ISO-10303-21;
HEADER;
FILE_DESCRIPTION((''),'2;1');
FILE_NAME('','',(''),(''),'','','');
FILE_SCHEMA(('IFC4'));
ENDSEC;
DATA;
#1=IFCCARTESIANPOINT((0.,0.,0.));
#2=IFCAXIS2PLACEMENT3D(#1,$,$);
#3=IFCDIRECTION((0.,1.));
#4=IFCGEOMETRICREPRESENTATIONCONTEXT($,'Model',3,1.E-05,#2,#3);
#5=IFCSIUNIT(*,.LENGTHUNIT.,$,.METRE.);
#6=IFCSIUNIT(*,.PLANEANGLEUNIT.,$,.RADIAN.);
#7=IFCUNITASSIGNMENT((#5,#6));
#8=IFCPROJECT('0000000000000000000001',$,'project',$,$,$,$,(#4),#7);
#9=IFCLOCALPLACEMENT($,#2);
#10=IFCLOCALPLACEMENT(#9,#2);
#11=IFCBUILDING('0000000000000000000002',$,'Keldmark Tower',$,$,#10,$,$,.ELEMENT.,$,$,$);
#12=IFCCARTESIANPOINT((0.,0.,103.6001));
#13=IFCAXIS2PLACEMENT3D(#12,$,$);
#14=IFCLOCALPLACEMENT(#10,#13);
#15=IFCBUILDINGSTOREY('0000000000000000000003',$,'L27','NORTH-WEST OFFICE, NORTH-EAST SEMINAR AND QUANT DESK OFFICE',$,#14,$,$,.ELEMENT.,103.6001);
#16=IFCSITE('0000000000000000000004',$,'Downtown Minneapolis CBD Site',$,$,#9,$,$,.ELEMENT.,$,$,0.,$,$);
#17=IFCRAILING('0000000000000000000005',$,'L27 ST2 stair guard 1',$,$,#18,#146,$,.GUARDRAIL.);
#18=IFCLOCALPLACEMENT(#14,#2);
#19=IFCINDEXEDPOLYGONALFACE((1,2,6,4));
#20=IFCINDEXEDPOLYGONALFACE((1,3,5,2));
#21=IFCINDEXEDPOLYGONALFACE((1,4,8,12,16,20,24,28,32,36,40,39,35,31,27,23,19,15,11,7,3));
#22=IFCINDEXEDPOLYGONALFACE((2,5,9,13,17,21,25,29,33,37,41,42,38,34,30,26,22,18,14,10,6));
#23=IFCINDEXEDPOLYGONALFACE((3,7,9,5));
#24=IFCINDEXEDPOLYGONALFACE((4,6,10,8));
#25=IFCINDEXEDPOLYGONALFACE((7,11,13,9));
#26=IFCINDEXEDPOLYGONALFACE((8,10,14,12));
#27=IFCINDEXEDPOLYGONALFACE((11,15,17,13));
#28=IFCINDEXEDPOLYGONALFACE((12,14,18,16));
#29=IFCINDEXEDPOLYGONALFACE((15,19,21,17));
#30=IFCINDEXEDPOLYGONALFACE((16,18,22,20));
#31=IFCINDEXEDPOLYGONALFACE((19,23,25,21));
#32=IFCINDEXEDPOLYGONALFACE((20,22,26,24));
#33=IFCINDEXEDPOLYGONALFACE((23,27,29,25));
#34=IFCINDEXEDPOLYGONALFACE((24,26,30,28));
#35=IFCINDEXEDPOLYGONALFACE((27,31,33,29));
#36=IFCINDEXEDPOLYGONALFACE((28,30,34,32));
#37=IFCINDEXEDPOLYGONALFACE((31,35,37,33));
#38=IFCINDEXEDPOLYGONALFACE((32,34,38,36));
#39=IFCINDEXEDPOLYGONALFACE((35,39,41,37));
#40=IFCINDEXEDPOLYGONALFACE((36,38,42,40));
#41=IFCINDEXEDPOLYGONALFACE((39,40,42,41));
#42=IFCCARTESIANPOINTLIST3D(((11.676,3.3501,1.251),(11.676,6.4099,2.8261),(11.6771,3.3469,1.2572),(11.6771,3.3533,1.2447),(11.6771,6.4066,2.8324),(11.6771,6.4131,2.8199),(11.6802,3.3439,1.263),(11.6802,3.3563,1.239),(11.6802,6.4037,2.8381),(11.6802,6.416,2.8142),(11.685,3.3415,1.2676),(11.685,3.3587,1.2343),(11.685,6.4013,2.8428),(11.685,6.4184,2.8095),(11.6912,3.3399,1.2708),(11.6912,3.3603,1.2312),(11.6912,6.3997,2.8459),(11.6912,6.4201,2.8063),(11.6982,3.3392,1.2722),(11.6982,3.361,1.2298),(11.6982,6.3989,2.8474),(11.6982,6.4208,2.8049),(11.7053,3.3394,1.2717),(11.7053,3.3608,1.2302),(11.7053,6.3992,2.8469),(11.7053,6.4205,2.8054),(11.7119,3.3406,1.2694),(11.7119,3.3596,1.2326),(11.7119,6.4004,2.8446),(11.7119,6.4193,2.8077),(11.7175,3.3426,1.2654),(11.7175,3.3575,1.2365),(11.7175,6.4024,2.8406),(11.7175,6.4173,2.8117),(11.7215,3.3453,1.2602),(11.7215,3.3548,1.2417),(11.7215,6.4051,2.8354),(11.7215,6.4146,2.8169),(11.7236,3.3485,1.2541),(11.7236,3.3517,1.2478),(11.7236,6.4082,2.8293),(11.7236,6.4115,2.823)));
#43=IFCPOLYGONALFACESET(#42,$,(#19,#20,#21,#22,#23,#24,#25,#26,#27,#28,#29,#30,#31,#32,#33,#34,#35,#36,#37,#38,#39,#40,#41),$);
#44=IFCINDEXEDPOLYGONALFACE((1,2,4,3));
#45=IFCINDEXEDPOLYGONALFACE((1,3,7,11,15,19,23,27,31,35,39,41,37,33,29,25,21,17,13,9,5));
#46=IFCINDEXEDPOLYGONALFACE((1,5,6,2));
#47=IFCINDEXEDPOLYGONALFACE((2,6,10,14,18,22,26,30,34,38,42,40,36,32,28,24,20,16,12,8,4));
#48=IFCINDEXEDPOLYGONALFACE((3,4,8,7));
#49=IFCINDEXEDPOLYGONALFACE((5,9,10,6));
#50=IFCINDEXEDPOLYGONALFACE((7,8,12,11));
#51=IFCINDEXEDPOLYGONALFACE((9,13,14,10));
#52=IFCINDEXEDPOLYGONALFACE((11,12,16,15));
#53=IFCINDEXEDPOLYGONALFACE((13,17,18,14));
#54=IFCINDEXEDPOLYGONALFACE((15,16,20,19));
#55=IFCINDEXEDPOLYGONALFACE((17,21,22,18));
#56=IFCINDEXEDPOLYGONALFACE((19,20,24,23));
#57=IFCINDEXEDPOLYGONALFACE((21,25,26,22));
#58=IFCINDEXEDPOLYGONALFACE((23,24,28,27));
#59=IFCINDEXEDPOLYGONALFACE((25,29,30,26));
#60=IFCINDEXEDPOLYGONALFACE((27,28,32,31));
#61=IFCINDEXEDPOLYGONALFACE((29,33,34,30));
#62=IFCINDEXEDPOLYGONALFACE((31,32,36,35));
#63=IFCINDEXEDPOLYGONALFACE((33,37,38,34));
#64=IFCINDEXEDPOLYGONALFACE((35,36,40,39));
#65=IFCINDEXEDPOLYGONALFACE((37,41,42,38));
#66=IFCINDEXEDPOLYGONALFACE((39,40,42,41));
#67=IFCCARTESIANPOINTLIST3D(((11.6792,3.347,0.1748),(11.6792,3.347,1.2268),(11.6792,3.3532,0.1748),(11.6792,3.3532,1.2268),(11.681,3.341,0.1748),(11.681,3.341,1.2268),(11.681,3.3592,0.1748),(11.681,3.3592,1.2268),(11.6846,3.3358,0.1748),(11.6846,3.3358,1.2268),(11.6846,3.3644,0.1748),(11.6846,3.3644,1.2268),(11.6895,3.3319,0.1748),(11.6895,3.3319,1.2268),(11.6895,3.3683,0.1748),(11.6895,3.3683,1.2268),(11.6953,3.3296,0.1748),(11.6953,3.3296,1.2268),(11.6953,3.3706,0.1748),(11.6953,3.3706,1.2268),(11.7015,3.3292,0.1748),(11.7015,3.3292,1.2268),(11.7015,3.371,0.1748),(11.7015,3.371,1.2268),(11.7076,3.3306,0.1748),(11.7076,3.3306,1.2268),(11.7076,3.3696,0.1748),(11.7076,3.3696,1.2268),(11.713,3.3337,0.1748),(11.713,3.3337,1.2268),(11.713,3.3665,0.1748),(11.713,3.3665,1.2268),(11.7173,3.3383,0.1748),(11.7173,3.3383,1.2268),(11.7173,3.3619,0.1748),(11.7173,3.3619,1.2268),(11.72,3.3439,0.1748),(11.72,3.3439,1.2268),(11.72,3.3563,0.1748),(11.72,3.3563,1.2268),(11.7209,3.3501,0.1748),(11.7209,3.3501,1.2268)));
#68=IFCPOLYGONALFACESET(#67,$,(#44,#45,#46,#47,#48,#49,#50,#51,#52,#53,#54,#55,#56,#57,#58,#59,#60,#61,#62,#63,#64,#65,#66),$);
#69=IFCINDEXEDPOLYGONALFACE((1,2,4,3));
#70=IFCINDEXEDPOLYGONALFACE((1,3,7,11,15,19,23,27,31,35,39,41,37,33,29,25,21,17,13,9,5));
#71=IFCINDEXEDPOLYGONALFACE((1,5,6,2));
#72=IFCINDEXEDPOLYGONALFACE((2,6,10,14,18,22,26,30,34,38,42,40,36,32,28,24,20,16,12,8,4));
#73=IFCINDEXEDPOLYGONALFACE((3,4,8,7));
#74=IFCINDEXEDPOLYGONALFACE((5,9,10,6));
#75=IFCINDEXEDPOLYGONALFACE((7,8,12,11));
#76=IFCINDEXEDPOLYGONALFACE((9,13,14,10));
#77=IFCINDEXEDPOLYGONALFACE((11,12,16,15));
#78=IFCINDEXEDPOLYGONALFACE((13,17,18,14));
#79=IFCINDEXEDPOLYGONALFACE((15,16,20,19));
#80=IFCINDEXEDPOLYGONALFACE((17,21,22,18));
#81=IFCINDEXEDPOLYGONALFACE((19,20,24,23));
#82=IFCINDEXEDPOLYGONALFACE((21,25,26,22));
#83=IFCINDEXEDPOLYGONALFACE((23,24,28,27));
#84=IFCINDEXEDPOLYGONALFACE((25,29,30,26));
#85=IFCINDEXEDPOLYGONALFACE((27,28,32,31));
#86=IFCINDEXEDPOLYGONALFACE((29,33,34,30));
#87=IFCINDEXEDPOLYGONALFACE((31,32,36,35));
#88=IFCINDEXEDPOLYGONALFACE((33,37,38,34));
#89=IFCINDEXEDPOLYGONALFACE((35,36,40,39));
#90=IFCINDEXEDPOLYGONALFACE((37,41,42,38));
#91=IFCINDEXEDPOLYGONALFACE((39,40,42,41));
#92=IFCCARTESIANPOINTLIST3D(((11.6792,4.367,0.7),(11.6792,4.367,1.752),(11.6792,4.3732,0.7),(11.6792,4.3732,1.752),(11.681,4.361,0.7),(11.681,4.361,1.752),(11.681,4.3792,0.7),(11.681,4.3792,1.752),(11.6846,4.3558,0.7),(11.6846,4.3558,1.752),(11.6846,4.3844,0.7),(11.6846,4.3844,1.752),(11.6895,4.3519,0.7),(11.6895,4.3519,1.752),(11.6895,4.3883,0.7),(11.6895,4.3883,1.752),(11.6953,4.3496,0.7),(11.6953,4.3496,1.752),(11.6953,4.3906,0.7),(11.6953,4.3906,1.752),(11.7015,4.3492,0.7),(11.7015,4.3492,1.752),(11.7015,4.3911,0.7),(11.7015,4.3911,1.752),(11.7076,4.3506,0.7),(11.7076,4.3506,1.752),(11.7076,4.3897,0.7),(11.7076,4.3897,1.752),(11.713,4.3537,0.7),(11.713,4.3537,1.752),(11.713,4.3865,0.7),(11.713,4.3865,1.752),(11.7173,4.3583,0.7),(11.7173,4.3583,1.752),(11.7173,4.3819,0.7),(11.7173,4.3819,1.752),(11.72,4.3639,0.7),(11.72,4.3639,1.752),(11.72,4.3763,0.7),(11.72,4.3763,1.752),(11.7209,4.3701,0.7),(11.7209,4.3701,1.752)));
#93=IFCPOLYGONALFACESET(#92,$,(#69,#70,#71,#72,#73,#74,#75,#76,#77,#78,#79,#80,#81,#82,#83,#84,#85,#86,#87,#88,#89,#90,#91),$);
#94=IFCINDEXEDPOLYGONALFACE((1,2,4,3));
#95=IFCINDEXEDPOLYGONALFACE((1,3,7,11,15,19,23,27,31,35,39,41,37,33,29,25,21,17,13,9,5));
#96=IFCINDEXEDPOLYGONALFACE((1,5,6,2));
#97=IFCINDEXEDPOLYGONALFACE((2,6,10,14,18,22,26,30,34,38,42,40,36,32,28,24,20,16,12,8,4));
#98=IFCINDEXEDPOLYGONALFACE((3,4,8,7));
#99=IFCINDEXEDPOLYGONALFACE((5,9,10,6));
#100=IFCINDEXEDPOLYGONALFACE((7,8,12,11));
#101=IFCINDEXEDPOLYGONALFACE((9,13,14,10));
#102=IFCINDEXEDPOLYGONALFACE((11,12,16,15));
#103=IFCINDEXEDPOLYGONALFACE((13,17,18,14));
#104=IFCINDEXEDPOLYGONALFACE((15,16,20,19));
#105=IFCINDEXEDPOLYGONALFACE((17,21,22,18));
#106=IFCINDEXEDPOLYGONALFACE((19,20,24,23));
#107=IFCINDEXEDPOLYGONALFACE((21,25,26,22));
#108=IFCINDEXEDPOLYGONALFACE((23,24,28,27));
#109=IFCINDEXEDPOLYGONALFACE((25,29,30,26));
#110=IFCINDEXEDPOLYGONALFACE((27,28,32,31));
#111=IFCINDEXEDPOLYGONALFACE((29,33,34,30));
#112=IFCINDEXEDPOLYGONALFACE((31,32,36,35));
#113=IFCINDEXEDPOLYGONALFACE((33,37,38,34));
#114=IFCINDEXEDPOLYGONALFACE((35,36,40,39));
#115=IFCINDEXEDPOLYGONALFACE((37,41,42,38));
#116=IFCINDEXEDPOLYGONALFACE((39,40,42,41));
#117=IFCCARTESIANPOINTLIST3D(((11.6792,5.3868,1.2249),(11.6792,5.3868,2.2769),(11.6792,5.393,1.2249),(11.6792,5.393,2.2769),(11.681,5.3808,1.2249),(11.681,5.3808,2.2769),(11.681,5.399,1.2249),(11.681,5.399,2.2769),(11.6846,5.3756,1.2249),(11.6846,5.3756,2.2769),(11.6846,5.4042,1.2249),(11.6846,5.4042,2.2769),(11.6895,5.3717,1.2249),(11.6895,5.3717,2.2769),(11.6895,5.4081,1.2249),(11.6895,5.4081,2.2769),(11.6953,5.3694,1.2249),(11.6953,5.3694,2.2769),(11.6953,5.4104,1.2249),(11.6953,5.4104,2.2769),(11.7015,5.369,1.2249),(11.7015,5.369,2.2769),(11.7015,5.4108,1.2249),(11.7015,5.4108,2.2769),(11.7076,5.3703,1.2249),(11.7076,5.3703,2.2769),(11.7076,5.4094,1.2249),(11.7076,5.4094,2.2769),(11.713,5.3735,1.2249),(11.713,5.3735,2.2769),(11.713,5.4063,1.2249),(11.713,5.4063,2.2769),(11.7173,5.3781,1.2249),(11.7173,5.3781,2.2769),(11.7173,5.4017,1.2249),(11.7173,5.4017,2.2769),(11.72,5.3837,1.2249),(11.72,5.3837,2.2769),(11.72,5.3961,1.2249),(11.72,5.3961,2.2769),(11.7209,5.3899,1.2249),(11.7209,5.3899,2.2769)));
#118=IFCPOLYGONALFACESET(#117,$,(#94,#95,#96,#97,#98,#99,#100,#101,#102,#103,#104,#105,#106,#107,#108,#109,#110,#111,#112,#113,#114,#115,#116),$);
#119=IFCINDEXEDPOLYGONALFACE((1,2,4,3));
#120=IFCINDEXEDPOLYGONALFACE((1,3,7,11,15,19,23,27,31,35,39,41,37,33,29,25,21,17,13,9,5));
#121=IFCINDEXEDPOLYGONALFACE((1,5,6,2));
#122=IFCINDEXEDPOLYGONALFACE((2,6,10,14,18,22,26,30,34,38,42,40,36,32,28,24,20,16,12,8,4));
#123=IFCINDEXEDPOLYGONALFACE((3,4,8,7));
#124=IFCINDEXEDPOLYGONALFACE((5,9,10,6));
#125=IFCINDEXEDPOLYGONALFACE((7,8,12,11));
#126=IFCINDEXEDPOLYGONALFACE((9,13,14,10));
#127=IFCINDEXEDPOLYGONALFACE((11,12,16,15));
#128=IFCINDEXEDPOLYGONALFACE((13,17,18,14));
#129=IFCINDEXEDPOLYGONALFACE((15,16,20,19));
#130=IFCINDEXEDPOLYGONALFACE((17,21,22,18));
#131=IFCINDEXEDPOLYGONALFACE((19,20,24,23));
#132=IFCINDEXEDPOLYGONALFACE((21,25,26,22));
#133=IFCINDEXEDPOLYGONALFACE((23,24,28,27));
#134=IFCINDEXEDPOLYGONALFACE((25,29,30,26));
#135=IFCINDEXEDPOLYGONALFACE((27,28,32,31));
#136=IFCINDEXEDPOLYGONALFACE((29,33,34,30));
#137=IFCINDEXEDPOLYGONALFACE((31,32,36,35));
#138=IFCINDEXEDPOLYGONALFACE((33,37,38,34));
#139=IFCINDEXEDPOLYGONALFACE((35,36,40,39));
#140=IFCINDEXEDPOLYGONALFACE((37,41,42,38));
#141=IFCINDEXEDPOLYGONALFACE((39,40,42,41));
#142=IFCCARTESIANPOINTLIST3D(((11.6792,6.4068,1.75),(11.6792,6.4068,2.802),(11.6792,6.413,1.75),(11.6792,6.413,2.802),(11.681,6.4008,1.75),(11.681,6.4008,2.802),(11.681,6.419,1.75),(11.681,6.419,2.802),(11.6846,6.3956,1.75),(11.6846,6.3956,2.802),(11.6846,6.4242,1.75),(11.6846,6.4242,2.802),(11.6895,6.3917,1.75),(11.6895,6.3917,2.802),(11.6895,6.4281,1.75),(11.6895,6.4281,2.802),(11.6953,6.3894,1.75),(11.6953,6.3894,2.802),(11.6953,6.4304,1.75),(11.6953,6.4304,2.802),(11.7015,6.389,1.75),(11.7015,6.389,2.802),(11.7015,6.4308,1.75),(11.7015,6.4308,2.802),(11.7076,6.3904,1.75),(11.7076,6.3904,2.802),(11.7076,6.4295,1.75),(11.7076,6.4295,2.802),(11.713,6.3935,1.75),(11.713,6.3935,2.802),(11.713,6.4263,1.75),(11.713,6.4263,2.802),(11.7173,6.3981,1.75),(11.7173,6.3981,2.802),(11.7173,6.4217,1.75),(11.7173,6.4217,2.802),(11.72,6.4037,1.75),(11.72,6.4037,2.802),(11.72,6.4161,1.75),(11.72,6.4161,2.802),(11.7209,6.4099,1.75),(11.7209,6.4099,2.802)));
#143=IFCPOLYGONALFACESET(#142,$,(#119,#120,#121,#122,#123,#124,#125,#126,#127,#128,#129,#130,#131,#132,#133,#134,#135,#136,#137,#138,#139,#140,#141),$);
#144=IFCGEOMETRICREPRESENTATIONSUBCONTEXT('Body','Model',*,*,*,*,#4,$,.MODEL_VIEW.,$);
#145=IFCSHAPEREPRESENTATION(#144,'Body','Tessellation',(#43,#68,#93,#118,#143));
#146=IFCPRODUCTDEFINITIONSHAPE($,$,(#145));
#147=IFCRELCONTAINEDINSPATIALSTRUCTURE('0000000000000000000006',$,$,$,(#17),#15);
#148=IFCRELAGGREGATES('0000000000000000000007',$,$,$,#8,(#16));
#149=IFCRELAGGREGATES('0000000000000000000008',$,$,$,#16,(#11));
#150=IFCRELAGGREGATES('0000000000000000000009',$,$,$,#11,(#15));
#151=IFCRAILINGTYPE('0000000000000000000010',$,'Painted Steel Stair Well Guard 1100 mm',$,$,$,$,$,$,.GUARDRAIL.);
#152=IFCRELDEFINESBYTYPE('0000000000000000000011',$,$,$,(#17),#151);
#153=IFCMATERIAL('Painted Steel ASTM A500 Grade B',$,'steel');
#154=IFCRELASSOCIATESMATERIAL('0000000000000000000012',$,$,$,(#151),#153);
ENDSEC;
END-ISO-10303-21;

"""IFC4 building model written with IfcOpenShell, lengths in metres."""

from ifc_helpers import new_model, si_unit, direction, frame, origin, origin_2d, place, context, subcontext, project, spatial, circle, extrude, material, type_object, element, save


model = new_model("IFC4")

# Units and contexts
model_context = context("Model", 3, precision=1e-05, world=origin(), true_north=direction((0.0, 1.0)))
body_context = subcontext(model_context, "Body", "Model", "MODEL_VIEW")
ifc_project = project(units=[si_unit("LENGTHUNIT", "METRE"), si_unit("PLANEANGLEUNIT", "RADIAN")], contexts=[model_context])

# Site, building, storey
site_placement = place(None, origin())
site = spatial("IfcSite", under=ifc_project, at=site_placement, Name="Downtown Minneapolis CBD Site", CompositionType="ELEMENT", RefElevation=0.0)
building_placement = place(site_placement, origin())
building = spatial("IfcBuilding", under=site, at=building_placement, Name="Keldmark Tower", CompositionType="ELEMENT")
storey_placement = place(building_placement, frame((0.0, 0.0, 103.6001)))
storey = spatial("IfcBuildingStorey", under=building, at=storey_placement, Name="L27", Description="NORTH-WEST OFFICE, NORTH-EAST SEMINAR AND QUANT DESK OFFICE", CompositionType="ELEMENT", Elevation=103.6001)

# Railing
ifc_material_1 = material(Name="Painted Steel ASTM A500 Grade B", Category="steel")
railing_type_1 = type_object("IfcRailingType", Name="Painted Steel Stair Well Guard 1100 mm", PredefinedType="GUARDRAIL", material=ifc_material_1)
railing_1_placement = place(storey_placement, frame((11.7, 3.3501, 0.1748)))
element("IfcRailing", 1, at=railing_1_placement, inside=storey, type_object=railing_type_1, Name="L27 ST2 stair guard 1", PredefinedType="GUARDRAIL", context=body_context, shape_type="SweptSolid", body=[
    extrude(circle(Radius=0.0239, at=origin_2d()), frame((0.0, 0.0, 1.0762), z_axis=(0.0, 0.889101, 0.45771), x_axis=(-1.0, 0.0, 0.0)), (0.0, 0.0, 1.0), 3.4414),
    extrude(circle(Radius=0.021, at=origin_2d()), origin(), (0.0, 0.0, 1.0), 1.052),
    extrude(circle(Radius=0.021, at=origin_2d()), frame((0.0, 1.02, 0.5251)), (0.0, 0.0, 1.0), 1.052),
    extrude(circle(Radius=0.021, at=origin_2d()), frame((0.0, 2.0398, 1.05)), (0.0, 0.0, 1.0), 1.052),
    extrude(circle(Radius=0.021, at=origin_2d()), frame((0.0, 3.0598, 1.5752)), (0.0, 0.0, 1.0), 1.052),
])

save(model, "model.ifc")
